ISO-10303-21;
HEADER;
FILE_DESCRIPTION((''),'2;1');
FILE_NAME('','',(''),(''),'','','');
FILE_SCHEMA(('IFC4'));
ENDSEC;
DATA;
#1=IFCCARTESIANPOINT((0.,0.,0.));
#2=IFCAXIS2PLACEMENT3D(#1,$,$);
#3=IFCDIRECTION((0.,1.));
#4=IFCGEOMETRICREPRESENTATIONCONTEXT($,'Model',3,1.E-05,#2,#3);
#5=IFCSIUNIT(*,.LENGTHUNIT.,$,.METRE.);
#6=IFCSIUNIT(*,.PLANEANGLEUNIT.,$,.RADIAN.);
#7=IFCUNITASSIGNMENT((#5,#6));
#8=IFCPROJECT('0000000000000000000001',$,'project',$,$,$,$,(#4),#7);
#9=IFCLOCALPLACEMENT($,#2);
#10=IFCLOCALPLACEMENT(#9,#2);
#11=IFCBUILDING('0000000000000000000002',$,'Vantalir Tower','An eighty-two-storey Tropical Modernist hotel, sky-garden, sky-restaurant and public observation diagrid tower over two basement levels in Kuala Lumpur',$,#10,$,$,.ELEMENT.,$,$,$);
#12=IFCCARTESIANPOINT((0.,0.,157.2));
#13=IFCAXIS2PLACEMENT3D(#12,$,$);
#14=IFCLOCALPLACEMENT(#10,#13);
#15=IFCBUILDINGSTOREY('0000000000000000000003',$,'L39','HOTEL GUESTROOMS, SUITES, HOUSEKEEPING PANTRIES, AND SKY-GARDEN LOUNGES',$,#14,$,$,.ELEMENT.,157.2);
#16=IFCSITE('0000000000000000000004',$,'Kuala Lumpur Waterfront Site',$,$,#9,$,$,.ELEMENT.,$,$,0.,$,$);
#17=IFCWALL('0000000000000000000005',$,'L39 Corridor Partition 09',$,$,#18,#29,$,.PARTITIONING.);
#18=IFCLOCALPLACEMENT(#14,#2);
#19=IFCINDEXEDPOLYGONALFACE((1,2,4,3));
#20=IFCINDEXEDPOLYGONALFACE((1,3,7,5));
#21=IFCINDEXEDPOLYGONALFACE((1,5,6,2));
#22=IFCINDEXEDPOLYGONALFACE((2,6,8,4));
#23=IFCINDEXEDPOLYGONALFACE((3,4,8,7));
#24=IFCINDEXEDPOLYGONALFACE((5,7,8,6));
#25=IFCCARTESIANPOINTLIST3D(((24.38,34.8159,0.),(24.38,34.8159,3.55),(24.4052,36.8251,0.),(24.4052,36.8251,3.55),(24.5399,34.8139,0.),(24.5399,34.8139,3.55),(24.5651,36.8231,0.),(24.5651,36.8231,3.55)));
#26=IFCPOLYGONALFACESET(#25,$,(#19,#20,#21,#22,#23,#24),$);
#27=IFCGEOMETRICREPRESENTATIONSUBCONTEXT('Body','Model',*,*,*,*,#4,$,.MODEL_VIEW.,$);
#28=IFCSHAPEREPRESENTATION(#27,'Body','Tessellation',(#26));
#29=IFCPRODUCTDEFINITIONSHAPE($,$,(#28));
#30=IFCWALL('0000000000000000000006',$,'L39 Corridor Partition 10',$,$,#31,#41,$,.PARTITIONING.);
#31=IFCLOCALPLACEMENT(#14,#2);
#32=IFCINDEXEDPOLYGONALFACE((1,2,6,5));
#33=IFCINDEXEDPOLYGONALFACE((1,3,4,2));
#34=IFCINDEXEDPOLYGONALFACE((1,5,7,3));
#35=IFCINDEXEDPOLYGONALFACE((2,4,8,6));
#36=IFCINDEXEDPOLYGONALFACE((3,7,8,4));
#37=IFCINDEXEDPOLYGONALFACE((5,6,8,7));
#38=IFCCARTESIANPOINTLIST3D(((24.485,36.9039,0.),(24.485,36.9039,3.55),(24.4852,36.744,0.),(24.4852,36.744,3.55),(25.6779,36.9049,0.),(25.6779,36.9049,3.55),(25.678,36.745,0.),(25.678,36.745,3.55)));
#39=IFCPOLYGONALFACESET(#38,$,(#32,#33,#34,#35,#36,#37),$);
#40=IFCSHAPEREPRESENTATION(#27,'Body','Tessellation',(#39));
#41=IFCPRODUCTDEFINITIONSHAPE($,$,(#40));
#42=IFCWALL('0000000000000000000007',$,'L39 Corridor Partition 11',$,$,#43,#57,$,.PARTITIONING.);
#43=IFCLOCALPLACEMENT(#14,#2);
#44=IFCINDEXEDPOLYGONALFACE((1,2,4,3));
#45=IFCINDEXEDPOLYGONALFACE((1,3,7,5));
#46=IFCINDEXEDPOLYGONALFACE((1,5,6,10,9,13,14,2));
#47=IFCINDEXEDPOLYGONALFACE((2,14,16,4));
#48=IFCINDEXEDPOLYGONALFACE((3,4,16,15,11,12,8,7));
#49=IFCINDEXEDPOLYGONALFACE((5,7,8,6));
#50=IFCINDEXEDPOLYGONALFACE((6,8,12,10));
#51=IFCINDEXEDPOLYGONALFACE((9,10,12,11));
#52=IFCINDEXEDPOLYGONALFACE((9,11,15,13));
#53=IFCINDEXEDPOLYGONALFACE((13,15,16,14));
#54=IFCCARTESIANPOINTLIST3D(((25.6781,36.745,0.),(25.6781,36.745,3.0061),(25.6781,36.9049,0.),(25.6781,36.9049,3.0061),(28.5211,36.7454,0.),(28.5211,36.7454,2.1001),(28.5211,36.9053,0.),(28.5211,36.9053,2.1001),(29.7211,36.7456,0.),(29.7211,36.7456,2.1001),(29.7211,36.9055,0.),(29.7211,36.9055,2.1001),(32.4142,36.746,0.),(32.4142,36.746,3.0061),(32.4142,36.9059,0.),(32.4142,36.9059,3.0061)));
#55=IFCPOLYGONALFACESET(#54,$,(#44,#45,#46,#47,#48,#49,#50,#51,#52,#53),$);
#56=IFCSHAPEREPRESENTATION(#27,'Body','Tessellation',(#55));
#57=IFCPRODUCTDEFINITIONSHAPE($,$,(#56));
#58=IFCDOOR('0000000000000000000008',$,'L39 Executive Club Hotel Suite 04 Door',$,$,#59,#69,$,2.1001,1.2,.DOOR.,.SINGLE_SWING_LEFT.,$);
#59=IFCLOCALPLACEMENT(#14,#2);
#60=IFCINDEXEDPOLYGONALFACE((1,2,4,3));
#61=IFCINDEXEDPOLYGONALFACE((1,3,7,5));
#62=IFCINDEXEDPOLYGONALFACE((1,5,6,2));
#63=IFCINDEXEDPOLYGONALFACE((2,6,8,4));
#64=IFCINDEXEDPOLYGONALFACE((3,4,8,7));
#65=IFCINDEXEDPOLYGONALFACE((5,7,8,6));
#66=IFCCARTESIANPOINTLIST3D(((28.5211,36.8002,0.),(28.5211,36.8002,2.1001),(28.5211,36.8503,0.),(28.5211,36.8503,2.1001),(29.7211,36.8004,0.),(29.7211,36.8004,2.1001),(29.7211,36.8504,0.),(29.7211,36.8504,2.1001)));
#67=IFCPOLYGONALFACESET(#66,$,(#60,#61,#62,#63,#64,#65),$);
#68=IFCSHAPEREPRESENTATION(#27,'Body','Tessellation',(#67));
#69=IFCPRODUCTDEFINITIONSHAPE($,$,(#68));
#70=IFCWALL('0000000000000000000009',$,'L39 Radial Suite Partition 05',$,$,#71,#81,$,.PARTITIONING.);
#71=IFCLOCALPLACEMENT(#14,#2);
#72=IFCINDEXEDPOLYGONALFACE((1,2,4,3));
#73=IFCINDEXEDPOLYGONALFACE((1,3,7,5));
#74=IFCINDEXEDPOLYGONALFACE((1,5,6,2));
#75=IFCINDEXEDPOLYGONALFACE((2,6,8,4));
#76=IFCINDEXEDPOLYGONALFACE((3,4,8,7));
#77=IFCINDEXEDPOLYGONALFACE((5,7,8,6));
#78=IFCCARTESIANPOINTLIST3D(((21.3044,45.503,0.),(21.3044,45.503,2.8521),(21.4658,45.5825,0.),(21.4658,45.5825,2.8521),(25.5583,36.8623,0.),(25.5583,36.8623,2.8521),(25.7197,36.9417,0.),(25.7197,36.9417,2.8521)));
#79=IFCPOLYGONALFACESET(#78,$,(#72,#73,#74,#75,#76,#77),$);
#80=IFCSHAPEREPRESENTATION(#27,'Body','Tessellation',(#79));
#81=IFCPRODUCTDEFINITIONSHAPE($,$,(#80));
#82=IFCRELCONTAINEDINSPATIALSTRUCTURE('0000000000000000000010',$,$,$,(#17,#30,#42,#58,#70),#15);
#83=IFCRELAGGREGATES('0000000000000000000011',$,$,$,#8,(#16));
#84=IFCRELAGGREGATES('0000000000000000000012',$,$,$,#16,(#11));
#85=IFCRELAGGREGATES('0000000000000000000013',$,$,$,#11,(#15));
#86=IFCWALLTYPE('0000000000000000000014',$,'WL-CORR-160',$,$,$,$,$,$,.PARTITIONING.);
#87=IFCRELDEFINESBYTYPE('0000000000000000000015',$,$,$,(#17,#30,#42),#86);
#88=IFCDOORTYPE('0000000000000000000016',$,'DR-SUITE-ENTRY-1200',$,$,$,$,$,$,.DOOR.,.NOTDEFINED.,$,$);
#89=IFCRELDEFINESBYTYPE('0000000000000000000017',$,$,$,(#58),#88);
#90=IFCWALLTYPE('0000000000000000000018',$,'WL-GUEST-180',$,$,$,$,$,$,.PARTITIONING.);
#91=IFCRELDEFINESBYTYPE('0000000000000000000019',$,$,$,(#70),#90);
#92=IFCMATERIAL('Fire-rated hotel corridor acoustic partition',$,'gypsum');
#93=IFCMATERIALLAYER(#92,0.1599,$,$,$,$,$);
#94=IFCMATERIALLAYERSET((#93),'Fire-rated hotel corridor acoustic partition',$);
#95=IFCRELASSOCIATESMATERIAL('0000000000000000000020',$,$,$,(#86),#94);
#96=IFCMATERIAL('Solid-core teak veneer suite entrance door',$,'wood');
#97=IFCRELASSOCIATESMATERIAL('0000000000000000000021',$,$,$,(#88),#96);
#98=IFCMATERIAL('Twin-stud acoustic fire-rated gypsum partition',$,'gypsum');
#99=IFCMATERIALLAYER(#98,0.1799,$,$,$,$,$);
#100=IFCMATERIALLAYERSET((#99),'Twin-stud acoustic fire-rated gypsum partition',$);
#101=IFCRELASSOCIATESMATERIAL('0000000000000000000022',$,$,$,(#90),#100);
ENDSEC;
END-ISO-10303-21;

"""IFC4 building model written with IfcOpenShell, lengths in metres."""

from ifc_helpers import new_model, si_unit, direction, frame, frame_2d, origin, place, context, subcontext, project, spatial, rectangle, extrude, material, layer, layer_set, type_object, element, fill, save


model = new_model("IFC4")

# Units and contexts
model_context = context("Model", 3, precision=1e-05, world=origin(), true_north=direction((0.0, 1.0)))
body_context = subcontext(model_context, "Body", "Model", "MODEL_VIEW")
ifc_project = project(units=[si_unit("LENGTHUNIT", "METRE"), si_unit("PLANEANGLEUNIT", "RADIAN")], contexts=[model_context])

# Site, building, storey
site_placement = place(None, origin())
site = spatial("IfcSite", under=ifc_project, at=site_placement, Name="Kuala Lumpur Waterfront Site", CompositionType="ELEMENT", RefElevation=0.0)
building_placement = place(site_placement, origin())
building = spatial("IfcBuilding", under=site, at=building_placement, Name="Vantalir Tower", Description="An eighty-two-storey Tropical Modernist hotel, sky-garden, sky-restaurant and public observation diagrid tower over two basement levels in Kuala Lumpur", CompositionType="ELEMENT")
storey_placement = place(building_placement, frame((0.0, 0.0, 157.2)))
storey = spatial("IfcBuildingStorey", under=building, at=storey_placement, Name="L39", Description="HOTEL GUESTROOMS, SUITES, HOUSEKEEPING PANTRIES, AND SKY-GARDEN LOUNGES", CompositionType="ELEMENT", Elevation=157.2)

# Shared definitions
ifc_material_1 = material(Name="Fire-rated hotel corridor acoustic partition", Category="gypsum")
ifc_layer_1 = layer(ifc_material_1, 0.1599)
ifc_layer_set_1 = layer_set([ifc_layer_1], Name="Fire-rated hotel corridor acoustic partition")
wall_type_1 = type_object("IfcWallType", Name="WL-CORR-160", PredefinedType="PARTITIONING", material=ifc_layer_set_1)

# Shared definitions
ifc_material_2 = material(Name="Solid-core teak veneer suite entrance door", Category="wood")
door_type_1 = type_object("IfcDoorType", Name="DR-SUITE-ENTRY-1200", OperationType="NOTDEFINED", PredefinedType="DOOR", material=ifc_material_2)

# Walls
wall_1_placement = place(storey_placement, frame((24.46, 34.8149, 0.0), z_axis=(0.0, 0.0, 1.0), x_axis=(0.012516, 0.999922, 0.0)))
element("IfcWall", 1, at=wall_1_placement, inside=storey, type_object=wall_type_1, Name="L39 Corridor Partition 09", PredefinedType="PARTITIONING", context=body_context, shape_type="SweptSolid", body=[
    extrude(rectangle(XDim=2.0093, YDim=0.1599, at=frame_2d((1.0046, 0.0))), origin(), (0.0, 0.0, 1.0), 3.55),
])
wall_2_placement = place(storey_placement, frame((24.4851, 36.824, 0.0), z_axis=(0.0, 0.0, 1.0), x_axis=(1.0, 0.000819, 0.0)))
element("IfcWall", 2, at=wall_2_placement, inside=storey, type_object=wall_type_1, Name="L39 Corridor Partition 10", PredefinedType="PARTITIONING", context=body_context, shape_type="SweptSolid", body=[
    extrude(rectangle(XDim=1.1929, YDim=0.1599, at=frame_2d((0.5964, 0.0))), origin(), (0.0, 0.0, 1.0), 3.55),
])

# Wall, opening, door
wall_3_placement = place(storey_placement, frame((25.678, 36.825, 0.0), z_axis=(0.0, 0.0, 1.0), x_axis=(1.0, 0.000145, 0.0)))
wall_3 = element("IfcWall", 3, at=wall_3_placement, inside=storey, type_object=wall_type_1, Name="L39 Corridor Partition 11", PredefinedType="PARTITIONING", context=body_context, shape_type="SweptSolid", body=[
    extrude(rectangle(XDim=6.7361, YDim=0.1599, at=frame_2d((3.3682, 0.0))), origin(), (0.0, 0.0, 1.0), 3.0061),
])
opening_1_placement = place(wall_3_placement, frame((2.843, 0.0, 0.0)))
opening_1 = element("IfcOpeningElement", 4, at=opening_1_placement, cuts=wall_3, PredefinedType="OPENING", context=body_context, shape_type="SweptSolid", body=[
    extrude(rectangle(XDim=1.2, YDim=2.1001, at=frame_2d((0.6001, 1.05))), frame((0.0, 0.0898, 0.0), z_axis=(0.0, -1.0, 0.0), x_axis=(1.0, 0.0, 0.0)), (0.0, 0.0, 1.0), 0.1799),
])
door_1_placement = place(opening_1_placement, origin())
door_1 = element("IfcDoor", 5, at=door_1_placement, inside=storey, type_object=door_type_1, Name="L39 Executive Club Hotel Suite 04 Door", OperationType="SINGLE_SWING_LEFT", OverallHeight=2.1001, OverallWidth=1.2, PredefinedType="DOOR", context=body_context, shape_type="SweptSolid", body=[
    extrude(rectangle(XDim=1.2, YDim=2.1001, at=frame_2d((0.6001, 1.05))), frame((0.0, 0.0249, 0.0), z_axis=(0.0, -1.0, 0.0), x_axis=(1.0, 0.0, 0.0)), (0.0, 0.0, 1.0), 0.05),
])
fill(opening_1, door_1)

# Wall
ifc_material_3 = material(Name="Twin-stud acoustic fire-rated gypsum partition", Category="gypsum")
ifc_layer_2 = layer(ifc_material_3, 0.1799)
ifc_layer_set_2 = layer_set([ifc_layer_2], Name="Twin-stud acoustic fire-rated gypsum partition")
wall_type_2 = type_object("IfcWallType", Name="WL-GUEST-180", PredefinedType="PARTITIONING", material=ifc_layer_set_2)
wall_4_placement = place(storey_placement, frame((25.6389, 36.9021, 0.0), z_axis=(0.0, 0.0, 1.0), x_axis=(-0.441679, 0.897173, 0.0)))
element("IfcWall", 6, at=wall_4_placement, inside=storey, type_object=wall_type_2, Name="L39 Radial Suite Partition 05", PredefinedType="PARTITIONING", context=body_context, shape_type="SweptSolid", body=[
    extrude(rectangle(XDim=9.6311, YDim=0.1799, at=frame_2d((4.8154, 0.0))), origin(), (0.0, 0.0, 1.0), 2.8521),
])

save(model, "model.ifc")
